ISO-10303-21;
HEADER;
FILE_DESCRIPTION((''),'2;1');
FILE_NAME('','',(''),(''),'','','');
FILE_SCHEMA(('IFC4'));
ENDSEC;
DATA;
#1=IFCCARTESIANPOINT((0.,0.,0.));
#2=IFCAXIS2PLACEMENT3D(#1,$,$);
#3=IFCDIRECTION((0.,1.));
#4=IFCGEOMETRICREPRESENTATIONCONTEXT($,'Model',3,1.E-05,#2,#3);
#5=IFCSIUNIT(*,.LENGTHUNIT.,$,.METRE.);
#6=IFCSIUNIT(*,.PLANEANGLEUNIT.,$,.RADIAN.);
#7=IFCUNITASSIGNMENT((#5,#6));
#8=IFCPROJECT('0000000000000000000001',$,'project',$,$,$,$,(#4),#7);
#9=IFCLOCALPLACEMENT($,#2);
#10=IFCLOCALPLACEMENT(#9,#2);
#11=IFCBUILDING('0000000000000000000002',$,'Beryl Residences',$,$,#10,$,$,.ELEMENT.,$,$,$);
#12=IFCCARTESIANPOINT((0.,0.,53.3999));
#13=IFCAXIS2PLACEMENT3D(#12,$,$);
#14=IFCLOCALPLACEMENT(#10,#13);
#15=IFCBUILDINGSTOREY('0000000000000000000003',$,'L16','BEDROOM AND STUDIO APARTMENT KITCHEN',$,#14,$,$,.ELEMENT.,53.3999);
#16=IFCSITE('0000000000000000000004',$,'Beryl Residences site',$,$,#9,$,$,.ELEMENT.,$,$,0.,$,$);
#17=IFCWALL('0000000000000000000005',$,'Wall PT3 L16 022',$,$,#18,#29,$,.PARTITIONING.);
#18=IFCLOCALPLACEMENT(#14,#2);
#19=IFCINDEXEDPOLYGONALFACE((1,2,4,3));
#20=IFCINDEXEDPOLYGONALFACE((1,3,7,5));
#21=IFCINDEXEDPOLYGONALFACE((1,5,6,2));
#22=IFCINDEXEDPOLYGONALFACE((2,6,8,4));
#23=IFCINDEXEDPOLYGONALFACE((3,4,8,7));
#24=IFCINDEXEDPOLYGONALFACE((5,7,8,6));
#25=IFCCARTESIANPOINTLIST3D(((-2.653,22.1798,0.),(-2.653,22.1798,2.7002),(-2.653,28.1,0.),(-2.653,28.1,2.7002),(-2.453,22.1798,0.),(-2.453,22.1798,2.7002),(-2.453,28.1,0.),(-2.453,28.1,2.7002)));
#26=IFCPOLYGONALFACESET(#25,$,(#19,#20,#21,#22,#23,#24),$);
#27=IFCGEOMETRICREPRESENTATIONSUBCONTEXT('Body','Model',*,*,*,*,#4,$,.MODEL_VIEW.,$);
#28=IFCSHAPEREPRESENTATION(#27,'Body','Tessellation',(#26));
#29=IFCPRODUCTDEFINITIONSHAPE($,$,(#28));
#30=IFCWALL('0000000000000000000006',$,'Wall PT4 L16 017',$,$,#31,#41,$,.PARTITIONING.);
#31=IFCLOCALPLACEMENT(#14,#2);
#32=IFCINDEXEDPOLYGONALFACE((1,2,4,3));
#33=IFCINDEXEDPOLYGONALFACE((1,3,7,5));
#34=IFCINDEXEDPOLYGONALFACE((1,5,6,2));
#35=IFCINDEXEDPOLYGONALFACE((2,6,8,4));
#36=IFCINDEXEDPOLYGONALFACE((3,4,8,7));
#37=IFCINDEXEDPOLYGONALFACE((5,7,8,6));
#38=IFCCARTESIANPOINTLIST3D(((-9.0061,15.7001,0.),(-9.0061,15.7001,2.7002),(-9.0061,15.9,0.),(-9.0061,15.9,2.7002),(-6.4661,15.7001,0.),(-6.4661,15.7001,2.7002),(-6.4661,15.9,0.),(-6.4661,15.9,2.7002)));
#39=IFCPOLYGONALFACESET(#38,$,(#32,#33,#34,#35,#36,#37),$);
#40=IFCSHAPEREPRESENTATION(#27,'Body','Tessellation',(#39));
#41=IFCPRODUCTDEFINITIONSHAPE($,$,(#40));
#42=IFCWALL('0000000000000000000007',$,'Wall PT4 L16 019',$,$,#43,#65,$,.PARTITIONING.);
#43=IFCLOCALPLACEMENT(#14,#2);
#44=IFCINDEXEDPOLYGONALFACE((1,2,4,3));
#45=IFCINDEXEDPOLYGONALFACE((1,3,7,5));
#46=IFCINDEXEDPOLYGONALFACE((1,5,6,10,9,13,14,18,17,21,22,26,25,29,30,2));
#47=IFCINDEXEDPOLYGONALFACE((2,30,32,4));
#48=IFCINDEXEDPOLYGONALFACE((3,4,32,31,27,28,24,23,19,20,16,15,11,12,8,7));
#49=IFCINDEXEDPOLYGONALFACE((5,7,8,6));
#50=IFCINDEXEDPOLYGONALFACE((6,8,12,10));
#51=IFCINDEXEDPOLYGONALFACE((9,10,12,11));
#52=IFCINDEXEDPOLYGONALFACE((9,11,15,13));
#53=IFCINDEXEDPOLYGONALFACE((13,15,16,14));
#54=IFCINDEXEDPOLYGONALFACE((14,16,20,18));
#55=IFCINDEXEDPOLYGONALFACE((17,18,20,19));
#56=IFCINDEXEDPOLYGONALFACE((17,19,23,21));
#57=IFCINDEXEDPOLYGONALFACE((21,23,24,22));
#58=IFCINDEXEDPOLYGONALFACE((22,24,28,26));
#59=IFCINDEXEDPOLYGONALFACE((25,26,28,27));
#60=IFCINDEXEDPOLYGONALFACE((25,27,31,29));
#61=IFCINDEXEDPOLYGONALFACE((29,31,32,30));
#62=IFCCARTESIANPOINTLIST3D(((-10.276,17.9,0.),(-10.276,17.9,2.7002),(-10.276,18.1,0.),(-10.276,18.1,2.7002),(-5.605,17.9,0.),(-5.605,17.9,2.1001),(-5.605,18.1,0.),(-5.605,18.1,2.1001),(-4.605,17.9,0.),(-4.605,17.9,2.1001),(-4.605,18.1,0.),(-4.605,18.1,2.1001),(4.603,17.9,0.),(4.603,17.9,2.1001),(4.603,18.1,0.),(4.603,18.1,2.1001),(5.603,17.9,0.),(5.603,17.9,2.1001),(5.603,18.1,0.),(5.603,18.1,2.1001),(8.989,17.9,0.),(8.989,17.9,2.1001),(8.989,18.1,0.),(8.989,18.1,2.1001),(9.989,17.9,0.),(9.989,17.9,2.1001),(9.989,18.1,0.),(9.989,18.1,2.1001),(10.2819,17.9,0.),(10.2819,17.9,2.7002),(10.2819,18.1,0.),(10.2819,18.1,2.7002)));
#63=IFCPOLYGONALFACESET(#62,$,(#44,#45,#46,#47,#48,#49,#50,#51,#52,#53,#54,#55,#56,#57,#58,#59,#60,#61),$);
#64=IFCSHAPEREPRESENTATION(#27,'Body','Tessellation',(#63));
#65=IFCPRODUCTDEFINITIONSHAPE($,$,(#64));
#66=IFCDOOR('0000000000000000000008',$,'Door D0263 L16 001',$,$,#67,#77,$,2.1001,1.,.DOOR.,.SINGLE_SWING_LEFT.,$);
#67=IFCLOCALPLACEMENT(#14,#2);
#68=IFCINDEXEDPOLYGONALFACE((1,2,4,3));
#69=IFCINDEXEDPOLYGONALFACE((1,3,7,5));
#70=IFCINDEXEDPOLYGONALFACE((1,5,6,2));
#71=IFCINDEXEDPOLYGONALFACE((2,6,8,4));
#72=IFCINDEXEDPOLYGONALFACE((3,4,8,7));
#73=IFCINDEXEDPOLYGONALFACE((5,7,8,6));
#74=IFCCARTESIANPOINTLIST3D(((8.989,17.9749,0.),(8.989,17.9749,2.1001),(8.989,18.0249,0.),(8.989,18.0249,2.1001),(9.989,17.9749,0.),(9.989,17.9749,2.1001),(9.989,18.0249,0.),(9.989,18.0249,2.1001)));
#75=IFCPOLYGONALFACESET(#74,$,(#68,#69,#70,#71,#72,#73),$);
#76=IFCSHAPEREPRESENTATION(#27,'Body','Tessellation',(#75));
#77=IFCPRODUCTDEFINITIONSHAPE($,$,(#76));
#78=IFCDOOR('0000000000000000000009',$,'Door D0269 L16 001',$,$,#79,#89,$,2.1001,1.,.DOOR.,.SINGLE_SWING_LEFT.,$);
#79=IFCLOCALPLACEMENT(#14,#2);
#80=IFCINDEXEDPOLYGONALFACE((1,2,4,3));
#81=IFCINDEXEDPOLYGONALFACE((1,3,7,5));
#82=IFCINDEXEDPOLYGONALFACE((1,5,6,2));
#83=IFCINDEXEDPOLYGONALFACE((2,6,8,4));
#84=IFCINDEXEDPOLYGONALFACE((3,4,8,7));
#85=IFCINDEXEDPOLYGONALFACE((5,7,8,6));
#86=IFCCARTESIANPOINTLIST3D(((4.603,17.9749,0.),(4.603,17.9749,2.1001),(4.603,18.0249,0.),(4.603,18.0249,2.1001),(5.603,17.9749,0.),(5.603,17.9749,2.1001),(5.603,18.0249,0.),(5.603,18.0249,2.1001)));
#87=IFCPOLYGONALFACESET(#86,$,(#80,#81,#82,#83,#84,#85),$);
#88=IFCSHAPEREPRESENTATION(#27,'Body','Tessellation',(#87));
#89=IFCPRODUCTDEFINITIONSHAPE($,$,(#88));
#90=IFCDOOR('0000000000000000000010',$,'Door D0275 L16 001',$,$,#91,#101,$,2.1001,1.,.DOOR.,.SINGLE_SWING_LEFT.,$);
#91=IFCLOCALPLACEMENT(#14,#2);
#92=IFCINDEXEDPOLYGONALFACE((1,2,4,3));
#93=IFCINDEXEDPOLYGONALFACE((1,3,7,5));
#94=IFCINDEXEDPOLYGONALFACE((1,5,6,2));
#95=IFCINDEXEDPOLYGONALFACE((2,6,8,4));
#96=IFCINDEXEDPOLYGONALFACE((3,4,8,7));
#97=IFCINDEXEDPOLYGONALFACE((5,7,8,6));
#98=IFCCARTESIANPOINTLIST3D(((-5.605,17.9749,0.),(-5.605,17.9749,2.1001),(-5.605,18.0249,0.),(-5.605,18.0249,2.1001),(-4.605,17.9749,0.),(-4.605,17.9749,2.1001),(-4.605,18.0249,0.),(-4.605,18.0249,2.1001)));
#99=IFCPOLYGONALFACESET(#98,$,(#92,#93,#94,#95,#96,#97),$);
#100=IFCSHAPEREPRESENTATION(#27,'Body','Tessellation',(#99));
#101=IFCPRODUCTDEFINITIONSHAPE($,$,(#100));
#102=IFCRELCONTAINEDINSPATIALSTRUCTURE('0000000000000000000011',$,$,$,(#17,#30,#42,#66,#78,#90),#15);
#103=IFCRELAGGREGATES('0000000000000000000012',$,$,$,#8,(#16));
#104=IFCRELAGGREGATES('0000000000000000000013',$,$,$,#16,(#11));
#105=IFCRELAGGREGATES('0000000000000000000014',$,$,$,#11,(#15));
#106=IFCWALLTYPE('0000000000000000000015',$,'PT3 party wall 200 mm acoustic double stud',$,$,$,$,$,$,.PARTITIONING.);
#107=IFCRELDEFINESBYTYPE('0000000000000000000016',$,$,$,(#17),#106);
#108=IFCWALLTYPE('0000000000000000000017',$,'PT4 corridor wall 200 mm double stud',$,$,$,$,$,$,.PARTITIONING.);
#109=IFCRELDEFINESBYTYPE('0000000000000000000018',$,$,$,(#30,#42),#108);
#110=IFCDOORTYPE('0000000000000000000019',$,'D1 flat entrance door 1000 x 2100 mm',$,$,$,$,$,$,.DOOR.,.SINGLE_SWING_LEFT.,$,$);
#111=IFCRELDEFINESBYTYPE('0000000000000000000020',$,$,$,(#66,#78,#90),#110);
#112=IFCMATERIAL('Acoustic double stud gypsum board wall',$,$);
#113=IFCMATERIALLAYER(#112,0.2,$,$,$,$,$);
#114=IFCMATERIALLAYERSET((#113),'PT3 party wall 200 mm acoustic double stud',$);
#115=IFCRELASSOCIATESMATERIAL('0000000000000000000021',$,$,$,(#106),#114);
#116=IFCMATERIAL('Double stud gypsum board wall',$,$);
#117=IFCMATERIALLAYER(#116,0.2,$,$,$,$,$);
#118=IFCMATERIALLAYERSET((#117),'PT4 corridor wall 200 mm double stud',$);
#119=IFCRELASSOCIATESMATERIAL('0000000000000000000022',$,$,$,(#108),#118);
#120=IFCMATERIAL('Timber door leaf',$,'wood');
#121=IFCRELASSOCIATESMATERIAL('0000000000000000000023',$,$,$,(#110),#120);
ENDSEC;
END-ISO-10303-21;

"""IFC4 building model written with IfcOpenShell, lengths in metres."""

from ifc_helpers import new_model, si_unit, direction, frame, frame_2d, origin, place, context, subcontext, project, spatial, rectangle, extrude, material, layer, layer_set, type_object, element, fill, save


model = new_model("IFC4")

# Units and contexts
model_context = context("Model", 3, precision=1e-05, world=origin(), true_north=direction((0.0, 1.0)))
body_context = subcontext(model_context, "Body", "Model", "MODEL_VIEW")
ifc_project = project(units=[si_unit("LENGTHUNIT", "METRE"), si_unit("PLANEANGLEUNIT", "RADIAN")], contexts=[model_context])

# Site, building, storey
site_placement = place(None, origin())
site = spatial("IfcSite", under=ifc_project, at=site_placement, Name="Beryl Residences site", CompositionType="ELEMENT", RefElevation=0.0)
building_placement = place(site_placement, origin())
building = spatial("IfcBuilding", under=site, at=building_placement, Name="Beryl Residences", CompositionType="ELEMENT")
storey_placement = place(building_placement, frame((0.0, 0.0, 53.3999)))
storey = spatial("IfcBuildingStorey", under=building, at=storey_placement, Name="L16", Description="BEDROOM AND STUDIO APARTMENT KITCHEN", CompositionType="ELEMENT", Elevation=53.3999)

# Walls
ifc_material_1 = material(Name="Acoustic double stud gypsum board wall")
ifc_layer_1 = layer(ifc_material_1, 0.2)
ifc_layer_set_1 = layer_set([ifc_layer_1], Name="PT3 party wall 200 mm acoustic double stud")
wall_type_1 = type_object("IfcWallType", Name="PT3 party wall 200 mm acoustic double stud", PredefinedType="PARTITIONING", material=ifc_layer_set_1)
wall_1_placement = place(storey_placement, frame((-2.553, 22.1799, 0.0), z_axis=(0.0, 0.0, 1.0), x_axis=(0.0, 1.0, 0.0)))
element("IfcWall", 1, at=wall_1_placement, inside=storey, type_object=wall_type_1, Name="Wall PT3 L16 022", PredefinedType="PARTITIONING", context=body_context, shape_type="SweptSolid", body=[
    extrude(rectangle(XDim=5.9202, YDim=0.2, at=frame_2d((2.96, 0.0))), origin(), (0.0, 0.0, 1.0), 2.7002),
])
ifc_material_2 = material(Name="Double stud gypsum board wall")
ifc_layer_2 = layer(ifc_material_2, 0.2)
ifc_layer_set_2 = layer_set([ifc_layer_2], Name="PT4 corridor wall 200 mm double stud")
wall_type_2 = type_object("IfcWallType", Name="PT4 corridor wall 200 mm double stud", PredefinedType="PARTITIONING", material=ifc_layer_set_2)
wall_2_placement = place(storey_placement, frame((-9.0061, 15.8, 0.0), z_axis=(0.0, 0.0, 1.0), x_axis=(1.0, 0.0, 0.0)))
element("IfcWall", 2, at=wall_2_placement, inside=storey, type_object=wall_type_2, Name="Wall PT4 L16 017", PredefinedType="PARTITIONING", context=body_context, shape_type="SweptSolid", body=[
    extrude(rectangle(XDim=2.54, YDim=0.2, at=frame_2d((1.27, 0.0))), origin(), (0.0, 0.0, 1.0), 2.7002),
])

# Wall, openings, doors
wall_3_placement = place(storey_placement, frame((-10.2759, 18.0, 0.0), z_axis=(0.0, 0.0, 1.0), x_axis=(1.0, 0.0, 0.0)))
wall_3 = element("IfcWall", 3, at=wall_3_placement, inside=storey, type_object=wall_type_2, Name="Wall PT4 L16 019", PredefinedType="PARTITIONING", context=body_context, shape_type="SweptSolid", body=[
    extrude(rectangle(XDim=20.5579, YDim=0.2, at=frame_2d((10.2788, 0.0))), origin(), (0.0, 0.0, 1.0), 2.7002),
])
opening_1_placement = place(wall_3_placement, frame((19.2649, 0.0, 0.0)))
opening_1 = element("IfcOpeningElement", 4, at=opening_1_placement, cuts=wall_3, PredefinedType="OPENING", context=body_context, shape_type="SweptSolid", body=[
    extrude(rectangle(XDim=1.0, YDim=2.1001, at=frame_2d((0.5, 1.05))), frame((0.0, 0.1099, 0.0), z_axis=(0.0, -1.0, 0.0), x_axis=(1.0, 0.0, 0.0)), (0.0, 0.0, 1.0), 0.22),
])
opening_2_placement = place(wall_3_placement, frame((14.8789, 0.0, 0.0)))
opening_2 = element("IfcOpeningElement", 5, at=opening_2_placement, cuts=wall_3, PredefinedType="OPENING", context=body_context, shape_type="SweptSolid", body=[
    extrude(rectangle(XDim=1.0, YDim=2.1001, at=frame_2d((0.5, 1.05))), frame((0.0, 0.1099, 0.0), z_axis=(0.0, -1.0, 0.0), x_axis=(1.0, 0.0, 0.0)), (0.0, 0.0, 1.0), 0.22),
])
opening_3_placement = place(wall_3_placement, frame((4.6709, 0.0, 0.0)))
opening_3 = element("IfcOpeningElement", 6, at=opening_3_placement, cuts=wall_3, PredefinedType="OPENING", context=body_context, shape_type="SweptSolid", body=[
    extrude(rectangle(XDim=1.0, YDim=2.1001, at=frame_2d((0.5, 1.05))), frame((0.0, 0.1099, 0.0), z_axis=(0.0, -1.0, 0.0), x_axis=(1.0, 0.0, 0.0)), (0.0, 0.0, 1.0), 0.22),
])
ifc_material_3 = material(Name="Timber door leaf", Category="wood")
door_type_1 = type_object("IfcDoorType", Name="D1 flat entrance door 1000 x 2100 mm", OperationType="SINGLE_SWING_LEFT", PredefinedType="DOOR", material=ifc_material_3)
door_1_placement = place(opening_1_placement, origin())
door_1 = element("IfcDoor", 7, at=door_1_placement, inside=storey, type_object=door_type_1, Name="Door D0263 L16 001", OperationType="SINGLE_SWING_LEFT", OverallHeight=2.1001, OverallWidth=1.0, PredefinedType="DOOR", context=body_context, shape_type="SweptSolid", body=[
    extrude(rectangle(XDim=1.0, YDim=2.1001, at=frame_2d((0.5, 1.05))), frame((0.0, 0.0249, 0.0), z_axis=(0.0, -1.0, 0.0), x_axis=(1.0, 0.0, 0.0)), (0.0, 0.0, 1.0), 0.05),
])
fill(opening_1, door_1)
door_2_placement = place(opening_2_placement, origin())
door_2 = element("IfcDoor", 8, at=door_2_placement, inside=storey, type_object=door_type_1, Name="Door D0269 L16 001", OperationType="SINGLE_SWING_LEFT", OverallHeight=2.1001, OverallWidth=1.0, PredefinedType="DOOR", context=body_context, shape_type="SweptSolid", body=[
    extrude(rectangle(XDim=1.0, YDim=2.1001, at=frame_2d((0.5, 1.05))), frame((0.0, 0.0249, 0.0), z_axis=(0.0, -1.0, 0.0), x_axis=(1.0, 0.0, 0.0)), (0.0, 0.0, 1.0), 0.05),
])
fill(opening_2, door_2)
door_3_placement = place(opening_3_placement, origin())
door_3 = element("IfcDoor", 9, at=door_3_placement, inside=storey, type_object=door_type_1, Name="Door D0275 L16 001", OperationType="SINGLE_SWING_LEFT", OverallHeight=2.1001, OverallWidth=1.0, PredefinedType="DOOR", context=body_context, shape_type="SweptSolid", body=[
    extrude(rectangle(XDim=1.0, YDim=2.1001, at=frame_2d((0.5, 1.05))), frame((0.0, 0.0249, 0.0), z_axis=(0.0, -1.0, 0.0), x_axis=(1.0, 0.0, 0.0)), (0.0, 0.0, 1.0), 0.05),
])
fill(opening_3, door_3)

save(model, "model.ifc")
